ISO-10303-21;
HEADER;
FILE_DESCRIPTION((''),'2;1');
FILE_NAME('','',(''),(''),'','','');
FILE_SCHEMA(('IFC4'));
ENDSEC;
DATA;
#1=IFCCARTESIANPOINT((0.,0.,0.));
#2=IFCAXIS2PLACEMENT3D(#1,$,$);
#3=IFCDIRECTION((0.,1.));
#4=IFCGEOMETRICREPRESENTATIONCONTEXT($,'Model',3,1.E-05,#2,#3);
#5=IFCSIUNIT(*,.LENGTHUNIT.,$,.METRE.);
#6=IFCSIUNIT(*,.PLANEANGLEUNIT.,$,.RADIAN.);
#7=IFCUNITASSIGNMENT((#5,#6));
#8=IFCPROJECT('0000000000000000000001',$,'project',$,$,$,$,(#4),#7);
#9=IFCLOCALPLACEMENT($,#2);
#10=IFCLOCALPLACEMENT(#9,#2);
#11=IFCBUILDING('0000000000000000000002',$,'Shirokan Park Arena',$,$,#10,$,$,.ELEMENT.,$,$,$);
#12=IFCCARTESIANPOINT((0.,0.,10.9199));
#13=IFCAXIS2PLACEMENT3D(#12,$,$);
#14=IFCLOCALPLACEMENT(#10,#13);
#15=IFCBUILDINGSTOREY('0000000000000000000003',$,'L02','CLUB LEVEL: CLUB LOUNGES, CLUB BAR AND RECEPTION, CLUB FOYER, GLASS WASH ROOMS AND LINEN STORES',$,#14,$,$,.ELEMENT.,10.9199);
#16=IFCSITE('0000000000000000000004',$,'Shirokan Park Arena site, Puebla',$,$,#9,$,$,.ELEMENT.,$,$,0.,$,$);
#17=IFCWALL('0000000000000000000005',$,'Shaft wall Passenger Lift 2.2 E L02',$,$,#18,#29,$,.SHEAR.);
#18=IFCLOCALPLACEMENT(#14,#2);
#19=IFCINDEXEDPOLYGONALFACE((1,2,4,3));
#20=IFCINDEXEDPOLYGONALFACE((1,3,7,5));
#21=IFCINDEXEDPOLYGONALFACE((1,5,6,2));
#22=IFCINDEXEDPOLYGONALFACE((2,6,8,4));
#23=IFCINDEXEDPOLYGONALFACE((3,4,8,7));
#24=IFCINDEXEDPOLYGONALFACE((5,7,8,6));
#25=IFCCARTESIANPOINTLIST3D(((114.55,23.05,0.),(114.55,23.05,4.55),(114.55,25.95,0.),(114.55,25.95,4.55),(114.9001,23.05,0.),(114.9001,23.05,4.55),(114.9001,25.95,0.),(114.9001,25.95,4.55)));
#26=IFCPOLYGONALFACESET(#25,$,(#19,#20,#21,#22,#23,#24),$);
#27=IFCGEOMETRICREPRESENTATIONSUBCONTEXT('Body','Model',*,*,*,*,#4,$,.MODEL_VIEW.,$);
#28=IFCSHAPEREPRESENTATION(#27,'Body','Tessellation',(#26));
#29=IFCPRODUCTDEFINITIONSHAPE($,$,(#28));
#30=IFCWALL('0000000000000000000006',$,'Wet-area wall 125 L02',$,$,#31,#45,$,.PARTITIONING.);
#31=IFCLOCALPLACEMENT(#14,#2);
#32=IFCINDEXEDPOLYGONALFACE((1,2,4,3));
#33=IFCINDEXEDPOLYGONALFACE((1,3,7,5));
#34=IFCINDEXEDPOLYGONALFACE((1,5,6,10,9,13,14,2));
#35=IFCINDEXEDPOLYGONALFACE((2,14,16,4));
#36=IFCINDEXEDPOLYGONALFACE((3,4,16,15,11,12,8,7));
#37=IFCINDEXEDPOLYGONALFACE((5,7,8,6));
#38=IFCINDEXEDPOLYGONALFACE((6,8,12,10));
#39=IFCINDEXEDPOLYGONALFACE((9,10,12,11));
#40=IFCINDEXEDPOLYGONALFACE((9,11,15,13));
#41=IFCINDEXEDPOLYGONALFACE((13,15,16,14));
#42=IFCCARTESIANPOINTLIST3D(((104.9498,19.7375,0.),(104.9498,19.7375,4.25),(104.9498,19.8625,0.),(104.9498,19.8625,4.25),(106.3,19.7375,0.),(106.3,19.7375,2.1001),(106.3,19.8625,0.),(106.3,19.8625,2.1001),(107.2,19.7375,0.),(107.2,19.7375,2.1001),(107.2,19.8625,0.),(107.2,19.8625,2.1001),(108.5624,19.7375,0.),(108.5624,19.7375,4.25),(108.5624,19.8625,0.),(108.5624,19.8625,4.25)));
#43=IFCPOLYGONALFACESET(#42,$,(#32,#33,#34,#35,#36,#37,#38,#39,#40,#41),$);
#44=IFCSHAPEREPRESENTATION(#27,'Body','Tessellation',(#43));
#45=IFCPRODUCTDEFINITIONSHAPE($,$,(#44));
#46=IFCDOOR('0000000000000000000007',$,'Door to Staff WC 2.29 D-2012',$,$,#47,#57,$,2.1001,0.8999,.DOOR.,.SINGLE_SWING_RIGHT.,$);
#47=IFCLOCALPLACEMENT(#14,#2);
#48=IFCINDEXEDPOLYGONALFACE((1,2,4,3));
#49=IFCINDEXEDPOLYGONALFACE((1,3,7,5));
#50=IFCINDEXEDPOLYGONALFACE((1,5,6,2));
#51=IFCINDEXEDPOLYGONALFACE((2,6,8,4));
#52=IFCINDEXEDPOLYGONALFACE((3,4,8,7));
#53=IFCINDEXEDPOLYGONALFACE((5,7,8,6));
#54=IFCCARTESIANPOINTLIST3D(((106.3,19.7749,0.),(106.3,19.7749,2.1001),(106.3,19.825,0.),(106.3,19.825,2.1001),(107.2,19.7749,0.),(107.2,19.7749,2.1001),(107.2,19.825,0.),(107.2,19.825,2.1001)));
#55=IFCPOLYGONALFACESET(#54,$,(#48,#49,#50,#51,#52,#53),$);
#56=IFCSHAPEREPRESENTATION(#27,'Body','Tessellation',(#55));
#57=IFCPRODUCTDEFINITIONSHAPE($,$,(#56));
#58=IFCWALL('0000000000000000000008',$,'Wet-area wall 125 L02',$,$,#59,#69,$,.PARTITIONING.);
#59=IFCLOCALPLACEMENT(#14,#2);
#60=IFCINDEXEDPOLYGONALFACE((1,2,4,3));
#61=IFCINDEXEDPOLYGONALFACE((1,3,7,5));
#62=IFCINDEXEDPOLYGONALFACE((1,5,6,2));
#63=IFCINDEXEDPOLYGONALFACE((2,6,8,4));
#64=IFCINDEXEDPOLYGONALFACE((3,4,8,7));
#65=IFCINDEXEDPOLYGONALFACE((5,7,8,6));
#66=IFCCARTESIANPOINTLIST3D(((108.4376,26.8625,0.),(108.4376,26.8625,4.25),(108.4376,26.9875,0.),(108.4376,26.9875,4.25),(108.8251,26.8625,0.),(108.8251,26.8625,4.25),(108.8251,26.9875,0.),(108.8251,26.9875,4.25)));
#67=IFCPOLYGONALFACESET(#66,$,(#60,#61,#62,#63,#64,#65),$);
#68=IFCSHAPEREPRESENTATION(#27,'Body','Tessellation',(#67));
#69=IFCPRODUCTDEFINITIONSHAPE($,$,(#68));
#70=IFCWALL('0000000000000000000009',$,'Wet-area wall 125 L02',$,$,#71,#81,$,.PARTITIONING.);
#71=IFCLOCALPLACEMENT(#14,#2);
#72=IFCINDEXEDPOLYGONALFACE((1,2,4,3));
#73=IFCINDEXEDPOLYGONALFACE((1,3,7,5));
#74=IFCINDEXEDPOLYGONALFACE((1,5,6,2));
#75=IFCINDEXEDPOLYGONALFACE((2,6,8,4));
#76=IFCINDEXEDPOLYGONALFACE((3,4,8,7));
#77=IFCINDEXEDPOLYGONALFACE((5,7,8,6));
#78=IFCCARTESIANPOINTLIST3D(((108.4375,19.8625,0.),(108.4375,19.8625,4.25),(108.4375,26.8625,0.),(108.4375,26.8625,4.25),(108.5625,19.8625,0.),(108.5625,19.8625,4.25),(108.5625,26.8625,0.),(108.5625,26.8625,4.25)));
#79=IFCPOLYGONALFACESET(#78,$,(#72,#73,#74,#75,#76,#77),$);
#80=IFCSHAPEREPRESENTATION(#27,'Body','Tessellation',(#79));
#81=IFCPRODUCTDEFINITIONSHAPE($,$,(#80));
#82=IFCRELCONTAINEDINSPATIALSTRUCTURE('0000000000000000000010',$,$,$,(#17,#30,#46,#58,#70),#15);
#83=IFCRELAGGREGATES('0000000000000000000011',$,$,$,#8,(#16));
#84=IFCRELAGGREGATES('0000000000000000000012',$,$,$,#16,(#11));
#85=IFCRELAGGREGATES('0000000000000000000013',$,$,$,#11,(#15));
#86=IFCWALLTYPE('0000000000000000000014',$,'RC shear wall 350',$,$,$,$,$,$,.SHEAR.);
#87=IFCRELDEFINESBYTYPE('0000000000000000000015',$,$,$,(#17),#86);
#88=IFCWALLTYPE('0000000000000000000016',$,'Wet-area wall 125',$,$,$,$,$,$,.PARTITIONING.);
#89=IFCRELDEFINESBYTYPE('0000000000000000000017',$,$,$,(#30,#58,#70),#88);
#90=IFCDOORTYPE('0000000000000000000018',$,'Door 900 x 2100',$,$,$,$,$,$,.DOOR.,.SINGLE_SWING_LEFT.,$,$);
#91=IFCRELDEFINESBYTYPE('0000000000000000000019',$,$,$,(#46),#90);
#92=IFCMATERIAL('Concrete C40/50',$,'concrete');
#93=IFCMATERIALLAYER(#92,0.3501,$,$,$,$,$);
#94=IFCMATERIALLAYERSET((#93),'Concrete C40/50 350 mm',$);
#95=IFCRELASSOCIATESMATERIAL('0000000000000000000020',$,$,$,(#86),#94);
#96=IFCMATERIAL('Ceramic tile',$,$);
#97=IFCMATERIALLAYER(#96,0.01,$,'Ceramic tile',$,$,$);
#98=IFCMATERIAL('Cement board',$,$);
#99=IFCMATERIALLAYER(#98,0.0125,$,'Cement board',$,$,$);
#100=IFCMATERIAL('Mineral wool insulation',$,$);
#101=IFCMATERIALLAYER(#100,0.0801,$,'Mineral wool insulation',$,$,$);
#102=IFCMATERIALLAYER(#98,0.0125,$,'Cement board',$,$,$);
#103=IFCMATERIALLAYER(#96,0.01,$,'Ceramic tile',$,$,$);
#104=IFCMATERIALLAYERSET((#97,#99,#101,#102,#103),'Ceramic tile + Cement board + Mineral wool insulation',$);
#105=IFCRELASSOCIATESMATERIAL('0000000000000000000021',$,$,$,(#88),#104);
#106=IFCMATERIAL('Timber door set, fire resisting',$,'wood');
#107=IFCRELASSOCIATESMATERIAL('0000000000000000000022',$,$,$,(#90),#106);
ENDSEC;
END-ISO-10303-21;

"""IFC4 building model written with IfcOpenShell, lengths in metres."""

from ifc_helpers import new_model, si_unit, direction, frame, frame_2d, origin, place, context, subcontext, project, spatial, rectangle, extrude, material, layer, layer_set, type_object, element, fill, save


model = new_model("IFC4")

# Units and contexts
model_context = context("Model", 3, precision=1e-05, world=origin(), true_north=direction((0.0, 1.0)))
body_context = subcontext(model_context, "Body", "Model", "MODEL_VIEW")
ifc_project = project(units=[si_unit("LENGTHUNIT", "METRE"), si_unit("PLANEANGLEUNIT", "RADIAN")], contexts=[model_context])

# Site, building, storey
site_placement = place(None, origin())
site = spatial("IfcSite", under=ifc_project, at=site_placement, Name="Shirokan Park Arena site, Puebla", CompositionType="ELEMENT", RefElevation=0.0)
building_placement = place(site_placement, origin())
building = spatial("IfcBuilding", under=site, at=building_placement, Name="Shirokan Park Arena", CompositionType="ELEMENT")
storey_placement = place(building_placement, frame((0.0, 0.0, 10.9199)))
storey = spatial("IfcBuildingStorey", under=building, at=storey_placement, Name="L02", Description="CLUB LEVEL: CLUB LOUNGES, CLUB BAR AND RECEPTION, CLUB FOYER, GLASS WASH ROOMS AND LINEN STORES", CompositionType="ELEMENT", Elevation=10.9199)

# Shared definitions
ifc_material_1 = material(Name="Mineral wool insulation")

# Shared definitions
ifc_material_2 = material(Name="Concrete C40/50", Category="concrete")

# Wall
ifc_layer_1 = layer(ifc_material_2, 0.3501)
ifc_layer_set_1 = layer_set([ifc_layer_1], Name="Concrete C40/50 350 mm")
wall_type_1 = type_object("IfcWallType", Name="RC shear wall 350", PredefinedType="SHEAR", material=ifc_layer_set_1)
wall_1_placement = place(storey_placement, frame((114.7251, 25.95, 0.0), z_axis=(0.0, 0.0, 1.0), x_axis=(0.0, -1.0, 0.0)))
element("IfcWall", 1, at=wall_1_placement, inside=storey, type_object=wall_type_1, Name="Shaft wall Passenger Lift 2.2 E L02", PredefinedType="SHEAR", context=body_context, shape_type="SweptSolid", body=[
    extrude(rectangle(XDim=2.8999, YDim=0.3501, at=frame_2d((1.45, 0.0))), origin(), (0.0, 0.0, 1.0), 4.55),
])

# Wall, opening, door
ifc_material_3 = material(Name="Ceramic tile")
ifc_layer_2 = layer(ifc_material_3, 0.01, Name="Ceramic tile")
ifc_material_4 = material(Name="Cement board")
ifc_layer_3 = layer(ifc_material_4, 0.0125, Name="Cement board")
ifc_layer_4 = layer(ifc_material_1, 0.0801, Name="Mineral wool insulation")
ifc_layer_5 = layer(ifc_material_4, 0.0125, Name="Cement board")
ifc_layer_6 = layer(ifc_material_3, 0.01, Name="Ceramic tile")
ifc_layer_set_2 = layer_set([ifc_layer_2, ifc_layer_3, ifc_layer_4, ifc_layer_5, ifc_layer_6], Name="Ceramic tile + Cement board + Mineral wool insulation")
wall_type_2 = type_object("IfcWallType", Name="Wet-area wall 125", PredefinedType="PARTITIONING", material=ifc_layer_set_2)
wall_2_placement = place(storey_placement, frame((104.95, 19.8, 0.0), z_axis=(0.0, 0.0, 1.0), x_axis=(1.0, 0.0, 0.0)))
wall_2 = element("IfcWall", 2, at=wall_2_placement, inside=storey, type_object=wall_type_2, Name="Wet-area wall 125 L02", PredefinedType="PARTITIONING", context=body_context, shape_type="SweptSolid", body=[
    extrude(rectangle(XDim=3.6125, YDim=0.125, at=frame_2d((1.8062, 0.0))), origin(), (0.0, 0.0, 1.0), 4.25),
])
opening_1_placement = place(wall_2_placement, frame((1.3501, 0.0, 0.0)))
opening_1 = element("IfcOpeningElement", 3, at=opening_1_placement, cuts=wall_2, PredefinedType="OPENING", context=body_context, shape_type="SweptSolid", body=[
    extrude(rectangle(XDim=0.8999, YDim=2.1001, at=frame_2d((0.45, 1.05))), frame((0.0, 0.0725, 0.0), z_axis=(0.0, -1.0, 0.0), x_axis=(1.0, 0.0, 0.0)), (0.0, 0.0, 1.0), 0.145),
])
ifc_material_5 = material(Name="Timber door set, fire resisting", Category="wood")
door_type_1 = type_object("IfcDoorType", Name="Door 900 x 2100", OperationType="SINGLE_SWING_LEFT", PredefinedType="DOOR", material=ifc_material_5)
door_1_placement = place(opening_1_placement, origin())
door_1 = element("IfcDoor", 4, at=door_1_placement, inside=storey, type_object=door_type_1, Name="Door to Staff WC 2.29 D-2012", OperationType="SINGLE_SWING_RIGHT", OverallHeight=2.1001, OverallWidth=0.8999, PredefinedType="DOOR", context=body_context, shape_type="SweptSolid", body=[
    extrude(rectangle(XDim=0.8999, YDim=2.1001, at=frame_2d((0.45, 1.05))), frame((0.0, 0.0249, 0.0), z_axis=(0.0, -1.0, 0.0), x_axis=(1.0, 0.0, 0.0)), (0.0, 0.0, 1.0), 0.05),
])
fill(opening_1, door_1)

# Walls
wall_3_placement = place(storey_placement, frame((108.4375, 26.925, 0.0), z_axis=(0.0, 0.0, 1.0), x_axis=(1.0, 0.0, 0.0)))
element("IfcWall", 5, at=wall_3_placement, inside=storey, type_object=wall_type_2, Name="Wet-area wall 125 L02", PredefinedType="PARTITIONING", context=body_context, shape_type="SweptSolid", body=[
    extrude(rectangle(XDim=0.3875, YDim=0.125, at=frame_2d((0.1938, 0.0))), origin(), (0.0, 0.0, 1.0), 4.25),
])
wall_4_placement = place(storey_placement, frame((108.5, 19.8625, 0.0), z_axis=(0.0, 0.0, 1.0), x_axis=(0.0, 1.0, 0.0)))
element("IfcWall", 6, at=wall_4_placement, inside=storey, type_object=wall_type_2, Name="Wet-area wall 125 L02", PredefinedType="PARTITIONING", context=body_context, shape_type="SweptSolid", body=[
    extrude(rectangle(XDim=7.0, YDim=0.125, at=frame_2d((3.5, 0.0))), origin(), (0.0, 0.0, 1.0), 4.25),
])

save(model, "model.ifc")
